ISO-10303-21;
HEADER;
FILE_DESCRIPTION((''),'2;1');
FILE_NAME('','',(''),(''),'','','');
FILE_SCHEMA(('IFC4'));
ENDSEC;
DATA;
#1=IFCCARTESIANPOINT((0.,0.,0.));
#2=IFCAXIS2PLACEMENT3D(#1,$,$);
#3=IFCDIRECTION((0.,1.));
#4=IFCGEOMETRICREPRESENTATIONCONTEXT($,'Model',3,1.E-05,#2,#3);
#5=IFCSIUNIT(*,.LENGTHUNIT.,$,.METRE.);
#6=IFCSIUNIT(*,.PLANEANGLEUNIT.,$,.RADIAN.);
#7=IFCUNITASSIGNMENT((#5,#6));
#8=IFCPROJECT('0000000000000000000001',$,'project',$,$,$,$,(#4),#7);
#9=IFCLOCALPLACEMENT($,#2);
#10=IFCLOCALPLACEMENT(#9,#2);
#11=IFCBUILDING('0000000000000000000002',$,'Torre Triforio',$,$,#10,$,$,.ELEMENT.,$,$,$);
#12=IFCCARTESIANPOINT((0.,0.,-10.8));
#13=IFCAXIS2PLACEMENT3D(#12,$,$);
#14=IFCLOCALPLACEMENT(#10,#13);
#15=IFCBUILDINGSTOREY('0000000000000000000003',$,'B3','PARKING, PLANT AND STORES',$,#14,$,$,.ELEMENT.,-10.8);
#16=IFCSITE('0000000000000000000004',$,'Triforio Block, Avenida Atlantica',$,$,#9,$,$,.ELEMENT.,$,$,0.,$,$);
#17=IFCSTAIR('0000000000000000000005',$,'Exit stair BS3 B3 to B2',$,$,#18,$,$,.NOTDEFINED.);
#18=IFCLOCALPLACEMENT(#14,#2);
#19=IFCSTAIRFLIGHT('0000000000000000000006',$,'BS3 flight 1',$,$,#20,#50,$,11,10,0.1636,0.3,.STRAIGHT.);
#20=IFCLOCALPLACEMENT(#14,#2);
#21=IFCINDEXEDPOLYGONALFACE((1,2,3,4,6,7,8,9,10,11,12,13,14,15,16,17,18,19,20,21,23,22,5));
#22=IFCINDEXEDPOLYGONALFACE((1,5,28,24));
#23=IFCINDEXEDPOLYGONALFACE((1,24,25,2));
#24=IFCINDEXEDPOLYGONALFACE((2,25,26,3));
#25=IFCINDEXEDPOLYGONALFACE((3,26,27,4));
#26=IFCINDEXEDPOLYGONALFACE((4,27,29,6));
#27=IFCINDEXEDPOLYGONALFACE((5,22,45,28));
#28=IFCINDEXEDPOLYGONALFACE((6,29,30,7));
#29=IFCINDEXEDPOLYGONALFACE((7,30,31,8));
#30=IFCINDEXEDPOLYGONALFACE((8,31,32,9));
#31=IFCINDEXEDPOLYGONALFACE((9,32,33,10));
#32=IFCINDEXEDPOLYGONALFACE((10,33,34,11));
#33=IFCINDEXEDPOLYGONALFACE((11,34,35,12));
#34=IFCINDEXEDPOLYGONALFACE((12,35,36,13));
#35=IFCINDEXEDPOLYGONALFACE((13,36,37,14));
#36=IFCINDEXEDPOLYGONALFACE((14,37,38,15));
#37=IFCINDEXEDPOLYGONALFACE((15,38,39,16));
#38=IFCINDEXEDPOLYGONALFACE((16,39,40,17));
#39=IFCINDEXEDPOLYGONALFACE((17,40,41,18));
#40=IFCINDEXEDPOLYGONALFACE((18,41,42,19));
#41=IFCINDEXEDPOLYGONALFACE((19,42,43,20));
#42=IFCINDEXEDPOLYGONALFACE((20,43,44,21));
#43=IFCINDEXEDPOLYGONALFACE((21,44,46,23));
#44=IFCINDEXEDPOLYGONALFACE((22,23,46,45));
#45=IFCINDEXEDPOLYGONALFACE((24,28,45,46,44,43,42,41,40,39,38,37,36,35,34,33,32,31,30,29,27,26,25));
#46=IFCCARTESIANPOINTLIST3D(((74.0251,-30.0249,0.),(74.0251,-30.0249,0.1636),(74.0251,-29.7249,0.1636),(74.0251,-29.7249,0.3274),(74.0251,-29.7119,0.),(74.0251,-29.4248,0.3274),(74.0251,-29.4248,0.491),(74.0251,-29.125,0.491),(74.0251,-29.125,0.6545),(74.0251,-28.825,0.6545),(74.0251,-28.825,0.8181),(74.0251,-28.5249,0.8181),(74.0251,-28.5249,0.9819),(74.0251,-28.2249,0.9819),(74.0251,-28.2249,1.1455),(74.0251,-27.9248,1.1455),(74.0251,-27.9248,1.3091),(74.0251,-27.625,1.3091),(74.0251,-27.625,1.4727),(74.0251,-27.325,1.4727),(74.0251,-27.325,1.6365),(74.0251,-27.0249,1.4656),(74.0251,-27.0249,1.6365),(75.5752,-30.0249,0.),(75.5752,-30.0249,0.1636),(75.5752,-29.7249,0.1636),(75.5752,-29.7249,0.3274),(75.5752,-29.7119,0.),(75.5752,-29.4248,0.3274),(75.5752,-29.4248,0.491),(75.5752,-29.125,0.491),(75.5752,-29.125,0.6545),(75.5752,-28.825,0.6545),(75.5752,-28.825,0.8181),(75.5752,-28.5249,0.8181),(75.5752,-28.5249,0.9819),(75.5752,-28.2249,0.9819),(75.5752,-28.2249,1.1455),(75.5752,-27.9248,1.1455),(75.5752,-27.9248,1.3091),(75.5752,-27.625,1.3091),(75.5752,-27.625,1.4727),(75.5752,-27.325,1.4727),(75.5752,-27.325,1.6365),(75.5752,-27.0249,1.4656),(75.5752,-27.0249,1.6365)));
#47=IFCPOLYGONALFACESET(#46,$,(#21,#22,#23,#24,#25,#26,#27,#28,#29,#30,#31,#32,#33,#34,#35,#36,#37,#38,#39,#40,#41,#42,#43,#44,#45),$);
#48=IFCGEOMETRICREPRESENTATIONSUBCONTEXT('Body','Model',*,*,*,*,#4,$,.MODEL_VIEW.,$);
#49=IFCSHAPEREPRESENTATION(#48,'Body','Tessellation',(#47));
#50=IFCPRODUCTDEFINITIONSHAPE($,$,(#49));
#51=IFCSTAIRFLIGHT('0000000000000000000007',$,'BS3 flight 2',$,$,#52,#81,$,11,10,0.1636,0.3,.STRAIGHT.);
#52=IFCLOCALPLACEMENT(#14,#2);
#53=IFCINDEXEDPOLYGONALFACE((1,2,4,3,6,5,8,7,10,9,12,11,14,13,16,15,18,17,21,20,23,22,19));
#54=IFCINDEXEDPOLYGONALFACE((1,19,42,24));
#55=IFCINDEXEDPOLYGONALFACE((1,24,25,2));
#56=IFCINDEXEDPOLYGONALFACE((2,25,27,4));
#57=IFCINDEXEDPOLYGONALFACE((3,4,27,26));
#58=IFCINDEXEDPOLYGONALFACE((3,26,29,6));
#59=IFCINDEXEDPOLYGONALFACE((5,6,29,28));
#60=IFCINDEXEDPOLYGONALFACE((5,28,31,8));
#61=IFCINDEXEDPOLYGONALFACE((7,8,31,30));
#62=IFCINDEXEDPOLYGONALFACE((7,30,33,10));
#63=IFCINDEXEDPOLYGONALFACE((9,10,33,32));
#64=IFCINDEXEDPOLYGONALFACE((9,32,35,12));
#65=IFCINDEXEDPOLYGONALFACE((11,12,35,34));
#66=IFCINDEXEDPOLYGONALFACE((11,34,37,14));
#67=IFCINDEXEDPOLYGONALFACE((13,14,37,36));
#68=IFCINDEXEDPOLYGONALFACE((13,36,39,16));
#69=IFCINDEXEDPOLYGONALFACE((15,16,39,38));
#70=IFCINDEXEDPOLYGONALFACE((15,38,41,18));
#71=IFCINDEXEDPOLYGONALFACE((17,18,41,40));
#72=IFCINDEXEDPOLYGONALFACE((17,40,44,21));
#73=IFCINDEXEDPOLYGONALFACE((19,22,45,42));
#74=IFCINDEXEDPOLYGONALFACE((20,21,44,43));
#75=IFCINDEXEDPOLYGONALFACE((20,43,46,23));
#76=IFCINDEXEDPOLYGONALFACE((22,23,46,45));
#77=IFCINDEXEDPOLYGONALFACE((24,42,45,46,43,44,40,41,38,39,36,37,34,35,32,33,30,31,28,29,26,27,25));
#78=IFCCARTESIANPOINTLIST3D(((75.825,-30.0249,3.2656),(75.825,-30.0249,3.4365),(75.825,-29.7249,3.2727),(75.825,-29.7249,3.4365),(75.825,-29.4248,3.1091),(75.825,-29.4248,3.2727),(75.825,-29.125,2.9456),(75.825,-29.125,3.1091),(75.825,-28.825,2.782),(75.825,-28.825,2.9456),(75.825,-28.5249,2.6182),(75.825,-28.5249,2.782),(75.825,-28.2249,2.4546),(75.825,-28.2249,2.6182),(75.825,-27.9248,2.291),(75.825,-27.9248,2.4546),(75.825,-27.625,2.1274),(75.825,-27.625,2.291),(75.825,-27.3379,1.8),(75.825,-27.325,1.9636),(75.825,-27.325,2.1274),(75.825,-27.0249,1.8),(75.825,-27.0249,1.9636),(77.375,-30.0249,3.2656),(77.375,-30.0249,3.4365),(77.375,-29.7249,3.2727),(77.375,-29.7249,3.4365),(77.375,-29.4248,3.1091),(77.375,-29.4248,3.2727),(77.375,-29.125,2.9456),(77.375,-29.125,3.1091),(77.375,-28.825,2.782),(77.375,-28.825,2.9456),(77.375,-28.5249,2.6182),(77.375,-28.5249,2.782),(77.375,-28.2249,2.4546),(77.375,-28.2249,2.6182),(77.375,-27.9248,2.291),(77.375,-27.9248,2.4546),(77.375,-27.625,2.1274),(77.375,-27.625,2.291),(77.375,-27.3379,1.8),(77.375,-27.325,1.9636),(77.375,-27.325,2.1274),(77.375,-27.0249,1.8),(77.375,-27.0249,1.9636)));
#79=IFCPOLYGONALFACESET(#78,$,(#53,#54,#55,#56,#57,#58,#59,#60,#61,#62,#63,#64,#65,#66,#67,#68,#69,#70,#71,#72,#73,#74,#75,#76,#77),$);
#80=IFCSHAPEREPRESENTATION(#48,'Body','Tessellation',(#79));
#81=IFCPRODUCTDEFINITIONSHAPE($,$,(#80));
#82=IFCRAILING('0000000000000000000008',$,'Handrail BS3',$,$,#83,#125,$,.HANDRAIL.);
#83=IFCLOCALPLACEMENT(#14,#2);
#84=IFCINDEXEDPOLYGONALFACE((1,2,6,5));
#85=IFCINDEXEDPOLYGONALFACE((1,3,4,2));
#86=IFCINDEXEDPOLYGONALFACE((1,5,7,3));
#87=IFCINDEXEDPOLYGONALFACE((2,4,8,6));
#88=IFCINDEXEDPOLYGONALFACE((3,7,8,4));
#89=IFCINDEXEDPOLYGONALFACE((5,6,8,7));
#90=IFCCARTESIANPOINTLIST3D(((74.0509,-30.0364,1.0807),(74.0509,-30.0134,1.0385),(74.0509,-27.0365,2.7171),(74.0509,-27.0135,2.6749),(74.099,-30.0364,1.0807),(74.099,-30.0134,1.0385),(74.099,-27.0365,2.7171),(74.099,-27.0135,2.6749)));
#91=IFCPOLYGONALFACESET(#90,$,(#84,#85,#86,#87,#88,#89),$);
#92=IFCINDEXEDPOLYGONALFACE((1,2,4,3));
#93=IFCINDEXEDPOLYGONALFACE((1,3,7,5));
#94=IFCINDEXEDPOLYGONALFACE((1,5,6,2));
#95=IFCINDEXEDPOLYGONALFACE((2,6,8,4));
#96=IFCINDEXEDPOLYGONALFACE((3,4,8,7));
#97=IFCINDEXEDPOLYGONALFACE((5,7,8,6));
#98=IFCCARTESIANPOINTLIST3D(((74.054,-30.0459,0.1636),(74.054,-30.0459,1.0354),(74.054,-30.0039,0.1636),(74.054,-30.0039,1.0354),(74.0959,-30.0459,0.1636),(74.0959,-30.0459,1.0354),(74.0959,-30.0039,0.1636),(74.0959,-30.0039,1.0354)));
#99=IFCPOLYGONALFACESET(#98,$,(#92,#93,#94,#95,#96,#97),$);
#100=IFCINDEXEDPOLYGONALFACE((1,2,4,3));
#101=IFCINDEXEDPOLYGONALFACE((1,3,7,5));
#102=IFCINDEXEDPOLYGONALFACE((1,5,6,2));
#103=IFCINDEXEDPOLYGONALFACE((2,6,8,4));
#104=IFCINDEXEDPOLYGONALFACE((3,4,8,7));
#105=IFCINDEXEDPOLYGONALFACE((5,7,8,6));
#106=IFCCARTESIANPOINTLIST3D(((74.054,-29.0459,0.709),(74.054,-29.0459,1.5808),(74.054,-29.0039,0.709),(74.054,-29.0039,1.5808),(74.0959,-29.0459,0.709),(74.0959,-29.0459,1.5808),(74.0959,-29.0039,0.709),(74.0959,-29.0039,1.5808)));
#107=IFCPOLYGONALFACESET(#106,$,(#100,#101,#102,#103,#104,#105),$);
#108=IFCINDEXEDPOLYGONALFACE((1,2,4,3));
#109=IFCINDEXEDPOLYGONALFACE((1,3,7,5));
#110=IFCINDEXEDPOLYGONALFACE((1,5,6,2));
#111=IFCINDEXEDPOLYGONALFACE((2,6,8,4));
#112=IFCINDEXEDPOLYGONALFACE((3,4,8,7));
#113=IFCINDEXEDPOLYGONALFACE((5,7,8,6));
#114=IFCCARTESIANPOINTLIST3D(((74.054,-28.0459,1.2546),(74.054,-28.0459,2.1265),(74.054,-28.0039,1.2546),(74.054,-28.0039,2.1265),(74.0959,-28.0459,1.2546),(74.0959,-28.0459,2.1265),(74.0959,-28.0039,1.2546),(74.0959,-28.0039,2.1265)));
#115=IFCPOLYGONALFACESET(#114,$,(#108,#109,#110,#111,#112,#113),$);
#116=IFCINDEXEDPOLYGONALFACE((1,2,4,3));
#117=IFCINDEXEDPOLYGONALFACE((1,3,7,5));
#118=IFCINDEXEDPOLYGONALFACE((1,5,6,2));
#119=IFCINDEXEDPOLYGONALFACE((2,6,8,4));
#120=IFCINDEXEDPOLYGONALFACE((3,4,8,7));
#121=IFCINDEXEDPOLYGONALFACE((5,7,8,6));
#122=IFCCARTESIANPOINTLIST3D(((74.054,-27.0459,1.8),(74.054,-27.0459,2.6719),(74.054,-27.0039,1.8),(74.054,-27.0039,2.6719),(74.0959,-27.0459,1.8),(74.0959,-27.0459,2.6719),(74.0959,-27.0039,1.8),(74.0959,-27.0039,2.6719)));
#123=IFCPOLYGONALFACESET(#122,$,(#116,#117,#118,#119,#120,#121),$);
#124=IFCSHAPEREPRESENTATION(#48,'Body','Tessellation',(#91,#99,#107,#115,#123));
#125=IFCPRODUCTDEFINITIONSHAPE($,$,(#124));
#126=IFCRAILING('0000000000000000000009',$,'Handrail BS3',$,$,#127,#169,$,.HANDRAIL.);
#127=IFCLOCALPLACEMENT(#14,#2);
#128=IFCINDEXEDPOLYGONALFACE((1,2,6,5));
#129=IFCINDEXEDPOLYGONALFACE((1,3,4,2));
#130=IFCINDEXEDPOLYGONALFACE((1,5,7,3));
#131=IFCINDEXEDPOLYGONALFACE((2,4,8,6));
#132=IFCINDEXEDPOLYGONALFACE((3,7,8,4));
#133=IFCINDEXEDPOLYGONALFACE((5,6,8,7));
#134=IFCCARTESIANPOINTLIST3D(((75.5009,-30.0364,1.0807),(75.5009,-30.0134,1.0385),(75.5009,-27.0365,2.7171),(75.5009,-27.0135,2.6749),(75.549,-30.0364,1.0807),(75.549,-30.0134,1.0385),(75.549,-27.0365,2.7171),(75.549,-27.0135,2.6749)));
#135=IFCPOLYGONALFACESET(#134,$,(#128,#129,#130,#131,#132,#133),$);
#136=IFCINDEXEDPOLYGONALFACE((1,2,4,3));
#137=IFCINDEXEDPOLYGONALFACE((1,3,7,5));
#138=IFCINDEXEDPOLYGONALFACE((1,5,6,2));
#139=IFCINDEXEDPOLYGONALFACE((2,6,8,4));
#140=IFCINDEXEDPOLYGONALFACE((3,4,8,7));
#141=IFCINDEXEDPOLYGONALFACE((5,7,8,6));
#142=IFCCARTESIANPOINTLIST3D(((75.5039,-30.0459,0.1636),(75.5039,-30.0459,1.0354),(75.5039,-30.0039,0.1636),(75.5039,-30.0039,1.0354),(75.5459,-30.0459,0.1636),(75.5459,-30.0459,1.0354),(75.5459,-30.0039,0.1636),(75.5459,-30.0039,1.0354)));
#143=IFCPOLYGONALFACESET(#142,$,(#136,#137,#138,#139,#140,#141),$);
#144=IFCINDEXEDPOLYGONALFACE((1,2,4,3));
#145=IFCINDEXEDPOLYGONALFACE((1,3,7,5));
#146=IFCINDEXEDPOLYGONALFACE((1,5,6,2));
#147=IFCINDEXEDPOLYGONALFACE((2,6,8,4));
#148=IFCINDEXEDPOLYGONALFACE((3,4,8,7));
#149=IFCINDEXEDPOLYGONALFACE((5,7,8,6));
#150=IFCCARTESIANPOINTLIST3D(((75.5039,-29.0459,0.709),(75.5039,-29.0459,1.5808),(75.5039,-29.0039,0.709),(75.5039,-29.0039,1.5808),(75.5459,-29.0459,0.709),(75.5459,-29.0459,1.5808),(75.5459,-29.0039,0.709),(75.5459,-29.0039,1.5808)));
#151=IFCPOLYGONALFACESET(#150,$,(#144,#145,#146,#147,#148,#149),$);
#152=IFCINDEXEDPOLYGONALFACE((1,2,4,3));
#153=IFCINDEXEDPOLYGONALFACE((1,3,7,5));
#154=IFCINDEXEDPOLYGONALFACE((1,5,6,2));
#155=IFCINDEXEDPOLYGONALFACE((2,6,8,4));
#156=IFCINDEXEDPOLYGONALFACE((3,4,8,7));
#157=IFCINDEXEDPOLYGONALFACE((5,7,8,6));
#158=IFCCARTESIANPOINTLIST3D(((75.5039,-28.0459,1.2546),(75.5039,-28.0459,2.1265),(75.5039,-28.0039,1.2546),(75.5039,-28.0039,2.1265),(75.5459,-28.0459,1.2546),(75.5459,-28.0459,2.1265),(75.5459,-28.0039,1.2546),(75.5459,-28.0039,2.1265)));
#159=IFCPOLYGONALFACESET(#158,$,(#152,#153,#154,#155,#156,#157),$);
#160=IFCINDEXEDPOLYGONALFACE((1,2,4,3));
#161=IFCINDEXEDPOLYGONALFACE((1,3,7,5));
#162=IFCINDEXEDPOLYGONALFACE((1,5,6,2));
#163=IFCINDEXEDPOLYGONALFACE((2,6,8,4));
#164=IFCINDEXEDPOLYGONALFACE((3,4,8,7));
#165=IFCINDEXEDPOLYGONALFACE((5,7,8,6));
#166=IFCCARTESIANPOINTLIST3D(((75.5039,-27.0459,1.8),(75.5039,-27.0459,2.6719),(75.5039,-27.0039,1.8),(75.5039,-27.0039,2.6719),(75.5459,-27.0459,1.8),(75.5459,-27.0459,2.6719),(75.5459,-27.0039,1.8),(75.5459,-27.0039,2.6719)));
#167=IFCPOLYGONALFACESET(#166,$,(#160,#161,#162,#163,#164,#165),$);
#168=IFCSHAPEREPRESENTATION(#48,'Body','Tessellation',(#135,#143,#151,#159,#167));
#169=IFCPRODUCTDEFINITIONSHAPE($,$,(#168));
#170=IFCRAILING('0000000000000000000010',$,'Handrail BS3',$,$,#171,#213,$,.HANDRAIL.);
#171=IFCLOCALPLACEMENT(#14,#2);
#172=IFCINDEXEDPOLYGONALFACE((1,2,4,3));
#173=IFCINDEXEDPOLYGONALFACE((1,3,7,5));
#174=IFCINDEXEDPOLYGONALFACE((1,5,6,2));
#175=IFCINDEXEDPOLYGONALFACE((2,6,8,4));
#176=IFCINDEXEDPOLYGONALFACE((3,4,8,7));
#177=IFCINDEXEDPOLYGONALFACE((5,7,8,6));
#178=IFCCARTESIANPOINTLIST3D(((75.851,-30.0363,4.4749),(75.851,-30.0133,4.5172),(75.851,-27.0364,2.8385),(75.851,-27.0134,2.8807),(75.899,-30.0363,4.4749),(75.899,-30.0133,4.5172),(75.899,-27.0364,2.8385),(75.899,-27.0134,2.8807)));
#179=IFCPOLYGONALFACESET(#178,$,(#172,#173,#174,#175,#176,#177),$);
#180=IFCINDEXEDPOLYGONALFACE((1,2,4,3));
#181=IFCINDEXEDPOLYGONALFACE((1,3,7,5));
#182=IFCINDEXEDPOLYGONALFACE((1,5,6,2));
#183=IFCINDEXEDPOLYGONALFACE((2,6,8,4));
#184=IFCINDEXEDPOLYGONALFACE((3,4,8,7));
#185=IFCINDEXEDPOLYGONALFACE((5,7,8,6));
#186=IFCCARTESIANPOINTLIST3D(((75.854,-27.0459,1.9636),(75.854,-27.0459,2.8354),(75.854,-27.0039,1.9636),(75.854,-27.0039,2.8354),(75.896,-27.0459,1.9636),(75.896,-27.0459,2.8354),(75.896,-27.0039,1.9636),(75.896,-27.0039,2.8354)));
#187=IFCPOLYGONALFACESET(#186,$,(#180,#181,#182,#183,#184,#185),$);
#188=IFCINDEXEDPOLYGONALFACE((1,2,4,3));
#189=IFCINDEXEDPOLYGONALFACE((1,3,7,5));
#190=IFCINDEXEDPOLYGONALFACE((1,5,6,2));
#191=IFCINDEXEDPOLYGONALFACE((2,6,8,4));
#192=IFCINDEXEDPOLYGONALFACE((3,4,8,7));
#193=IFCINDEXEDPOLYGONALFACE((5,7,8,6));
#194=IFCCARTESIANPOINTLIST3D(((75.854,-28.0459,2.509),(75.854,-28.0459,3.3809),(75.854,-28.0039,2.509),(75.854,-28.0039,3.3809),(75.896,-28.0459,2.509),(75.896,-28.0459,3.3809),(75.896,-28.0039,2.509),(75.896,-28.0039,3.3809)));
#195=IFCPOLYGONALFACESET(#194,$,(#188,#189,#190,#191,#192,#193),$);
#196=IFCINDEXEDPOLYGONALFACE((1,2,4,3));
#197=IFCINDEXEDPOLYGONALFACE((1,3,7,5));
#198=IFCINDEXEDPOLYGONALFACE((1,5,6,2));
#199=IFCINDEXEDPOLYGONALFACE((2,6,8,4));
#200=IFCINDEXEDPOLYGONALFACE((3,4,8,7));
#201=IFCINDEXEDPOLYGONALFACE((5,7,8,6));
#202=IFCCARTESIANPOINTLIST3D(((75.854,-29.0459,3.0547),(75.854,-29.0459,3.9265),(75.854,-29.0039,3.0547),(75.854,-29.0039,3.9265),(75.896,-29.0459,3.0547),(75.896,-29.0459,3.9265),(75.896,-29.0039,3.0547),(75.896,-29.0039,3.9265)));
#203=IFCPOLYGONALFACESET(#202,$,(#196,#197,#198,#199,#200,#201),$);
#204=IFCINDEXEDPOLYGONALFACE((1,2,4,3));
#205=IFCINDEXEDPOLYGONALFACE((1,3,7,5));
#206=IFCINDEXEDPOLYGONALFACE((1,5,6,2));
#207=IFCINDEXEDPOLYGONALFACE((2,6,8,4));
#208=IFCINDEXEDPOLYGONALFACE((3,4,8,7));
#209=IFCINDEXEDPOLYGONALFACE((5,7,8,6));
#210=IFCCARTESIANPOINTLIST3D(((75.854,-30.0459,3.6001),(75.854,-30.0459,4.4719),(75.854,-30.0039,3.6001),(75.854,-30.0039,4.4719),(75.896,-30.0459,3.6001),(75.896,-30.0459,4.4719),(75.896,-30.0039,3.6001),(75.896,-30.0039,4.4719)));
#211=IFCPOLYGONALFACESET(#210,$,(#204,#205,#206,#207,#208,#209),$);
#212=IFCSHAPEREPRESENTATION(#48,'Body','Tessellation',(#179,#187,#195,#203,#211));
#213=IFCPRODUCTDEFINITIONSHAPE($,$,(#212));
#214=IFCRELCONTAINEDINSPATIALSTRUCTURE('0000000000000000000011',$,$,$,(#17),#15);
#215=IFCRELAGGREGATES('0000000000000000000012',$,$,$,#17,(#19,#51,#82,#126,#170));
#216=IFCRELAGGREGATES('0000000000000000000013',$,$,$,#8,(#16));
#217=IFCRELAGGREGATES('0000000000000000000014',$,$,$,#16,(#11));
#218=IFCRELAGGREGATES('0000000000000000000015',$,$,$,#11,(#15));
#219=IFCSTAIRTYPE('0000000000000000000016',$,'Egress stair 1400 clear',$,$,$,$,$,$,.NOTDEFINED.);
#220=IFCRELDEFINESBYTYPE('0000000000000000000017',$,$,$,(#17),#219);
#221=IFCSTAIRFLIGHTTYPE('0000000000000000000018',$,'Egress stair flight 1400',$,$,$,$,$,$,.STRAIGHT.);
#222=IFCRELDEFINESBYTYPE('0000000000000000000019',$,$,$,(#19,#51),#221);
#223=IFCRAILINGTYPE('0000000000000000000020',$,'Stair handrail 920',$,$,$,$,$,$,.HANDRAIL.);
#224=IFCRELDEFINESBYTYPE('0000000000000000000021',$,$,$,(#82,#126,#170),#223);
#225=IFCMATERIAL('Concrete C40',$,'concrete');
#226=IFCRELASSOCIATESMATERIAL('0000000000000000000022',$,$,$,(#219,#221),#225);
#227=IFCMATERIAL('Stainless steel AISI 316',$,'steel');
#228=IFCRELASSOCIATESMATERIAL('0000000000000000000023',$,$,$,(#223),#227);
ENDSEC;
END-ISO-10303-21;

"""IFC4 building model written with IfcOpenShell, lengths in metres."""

from ifc_helpers import new_model, si_unit, direction, frame, origin, origin_2d, place, context, subcontext, project, spatial, polyline, rectangle, outline, extrude, material, type_object, element, aggregate, save


model = new_model("IFC4")

# Units and contexts
model_context = context("Model", 3, precision=1e-05, world=origin(), true_north=direction((0.0, 1.0)))
body_context = subcontext(model_context, "Body", "Model", "MODEL_VIEW")
ifc_project = project(units=[si_unit("LENGTHUNIT", "METRE"), si_unit("PLANEANGLEUNIT", "RADIAN")], contexts=[model_context])

# Site, building, storey
site_placement = place(None, origin())
site = spatial("IfcSite", under=ifc_project, at=site_placement, Name="Triforio Block, Avenida Atlantica", CompositionType="ELEMENT", RefElevation=0.0)
building_placement = place(site_placement, origin())
building = spatial("IfcBuilding", under=site, at=building_placement, Name="Torre Triforio", CompositionType="ELEMENT")
storey_placement = place(building_placement, frame((0.0, 0.0, -10.8)))
storey = spatial("IfcBuildingStorey", under=building, at=storey_placement, Name="B3", Description="PARKING, PLANT AND STORES", CompositionType="ELEMENT", Elevation=-10.8)

# Shared definitions
ifc_material_1 = material(Name="Concrete C40", Category="concrete")

# Stair, stair flights, railings
stair_type = type_object("IfcStairType", Name="Egress stair 1400 clear", PredefinedType="NOTDEFINED", material=ifc_material_1)
stair_placement = place(storey_placement, origin())
stair = element("IfcStair", 1, at=stair_placement, inside=storey, type_object=stair_type, Name="Exit stair BS3 B3 to B2", PredefinedType="NOTDEFINED")
stair_flight_type = type_object("IfcStairFlightType", Name="Egress stair flight 1400", PredefinedType="STRAIGHT", material=ifc_material_1)
stair_flight_1_placement = place(storey_placement, frame((74.8, -30.0249, 0.0), z_axis=(0.0, 0.0, 1.0), x_axis=(0.0, 1.0, 0.0)))
stair_flight_1 = element("IfcStairFlight", 2, at=stair_flight_1_placement, type_object=stair_flight_type, Name="BS3 flight 1", NumberOfRisers=11, NumberOfTreads=10, PredefinedType="STRAIGHT", RiserHeight=0.1636, TreadLength=0.3, context=body_context, shape_type="SweptSolid", body=[
    extrude(outline(polyline([(0.0, 0.0), (0.0, 0.1636), (0.3, 0.1636), (0.3, 0.3274), (0.6001, 0.3274), (0.6001, 0.491), (0.8999, 0.491), (0.8999, 0.6545), (1.2, 0.6545), (1.2, 0.8181), (1.5, 0.8181), (1.5, 0.9819), (1.8, 0.9819), (1.8, 1.1455), (2.1001, 1.1455), (2.1001, 1.3091), (2.3999, 1.3091), (2.3999, 1.4727), (2.7, 1.4727), (2.7, 1.6365), (3.0, 1.6365), (3.0, 1.8), (3.0, 1.4656), (0.313, 0.0), (0.0, 0.0)])), frame((0.0, 0.7749, 0.0), z_axis=(0.0, -1.0, 0.0), x_axis=(1.0, 0.0, 0.0)), (0.0, 0.0, 1.0), 1.55),
])
stair_flight_2_placement = place(storey_placement, frame((76.6001, -27.0249, 1.8), z_axis=(0.0, 0.0, 1.0), x_axis=(0.0, -1.0, 0.0)))
stair_flight_2 = element("IfcStairFlight", 3, at=stair_flight_2_placement, type_object=stair_flight_type, Name="BS3 flight 2", NumberOfRisers=11, NumberOfTreads=10, PredefinedType="STRAIGHT", RiserHeight=0.1636, TreadLength=0.3, context=body_context, shape_type="SweptSolid", body=[
    extrude(outline(polyline([(0.0, 0.0), (0.0, 0.1636), (0.3, 0.1636), (0.3, 0.3274), (0.6001, 0.3274), (0.6001, 0.491), (0.8999, 0.491), (0.8999, 0.6545), (1.2, 0.6545), (1.2, 0.8181), (1.5, 0.8181), (1.5, 0.9819), (1.8, 0.9819), (1.8, 1.1455), (2.1001, 1.1455), (2.1001, 1.3091), (2.3999, 1.3091), (2.3999, 1.4727), (2.7, 1.4727), (2.7, 1.6365), (3.0, 1.6365), (3.0, 1.8), (3.0, 1.4656), (0.313, 0.0), (0.0, 0.0)])), frame((0.0, 0.7749, 0.0), z_axis=(0.0, -1.0, 0.0), x_axis=(1.0, 0.0, 0.0)), (0.0, 0.0, 1.0), 1.55),
])
ifc_material_2 = material(Name="Stainless steel AISI 316", Category="steel")
railing_type = type_object("IfcRailingType", Name="Stair handrail 920", PredefinedType="HANDRAIL", material=ifc_material_2)
railing_1_placement = place(storey_placement, frame((74.075, -30.0249, 0.1636)))
railing_1 = element("IfcRailing", 4, at=railing_1_placement, type_object=railing_type, Name="Handrail BS3", PredefinedType="HANDRAIL", context=body_context, shape_type="SweptSolid", body=[
    extrude(rectangle(XDim=0.0481, YDim=0.0481, at=origin_2d()), frame((0.0, 0.0, 0.896), z_axis=(0.0, 0.877882, 0.478877), x_axis=(-1.0, 0.0, 0.0)), (0.0, 0.0, 1.0), 3.4172),
    extrude(rectangle(XDim=0.042, YDim=0.042, at=origin_2d()), origin(), (0.0, 0.0, 1.0), 0.8718),
    extrude(rectangle(XDim=0.042, YDim=0.042, at=origin_2d()), frame((0.0, 1.0, 0.5454)), (0.0, 0.0, 1.0), 0.8718),
    extrude(rectangle(XDim=0.042, YDim=0.042, at=origin_2d()), frame((0.0, 2.0, 1.0911)), (0.0, 0.0, 1.0), 0.8718),
    extrude(rectangle(XDim=0.042, YDim=0.042, at=origin_2d()), frame((0.0, 3.0, 1.6365)), (0.0, 0.0, 1.0), 0.8718),
])
railing_2_placement = place(storey_placement, frame((75.5249, -30.0249, 0.1636)))
railing_2 = element("IfcRailing", 5, at=railing_2_placement, type_object=railing_type, Name="Handrail BS3", PredefinedType="HANDRAIL", context=body_context, shape_type="SweptSolid", body=[
    extrude(rectangle(XDim=0.0481, YDim=0.0481, at=origin_2d()), frame((0.0, 0.0, 0.896), z_axis=(0.0, 0.877882, 0.478877), x_axis=(-1.0, 0.0, 0.0)), (0.0, 0.0, 1.0), 3.4172),
    extrude(rectangle(XDim=0.042, YDim=0.042, at=origin_2d()), origin(), (0.0, 0.0, 1.0), 0.8718),
    extrude(rectangle(XDim=0.042, YDim=0.042, at=origin_2d()), frame((0.0, 1.0, 0.5454)), (0.0, 0.0, 1.0), 0.8718),
    extrude(rectangle(XDim=0.042, YDim=0.042, at=origin_2d()), frame((0.0, 2.0, 1.0911)), (0.0, 0.0, 1.0), 0.8718),
    extrude(rectangle(XDim=0.042, YDim=0.042, at=origin_2d()), frame((0.0, 3.0, 1.6365)), (0.0, 0.0, 1.0), 0.8718),
])
railing_3_placement = place(storey_placement, frame((75.875, -27.0249, 1.9636)))
railing_3 = element("IfcRailing", 6, at=railing_3_placement, type_object=railing_type, Name="Handrail BS3", PredefinedType="HANDRAIL", context=body_context, shape_type="SweptSolid", body=[
    extrude(rectangle(XDim=0.0481, YDim=0.0481, at=origin_2d()), frame((0.0, 0.0, 0.896), z_axis=(0.0, -0.877882, 0.478877), x_axis=(1.0, 0.0, 0.0)), (0.0, 0.0, 1.0), 3.4172),
    extrude(rectangle(XDim=0.042, YDim=0.042, at=origin_2d()), origin(), (0.0, 0.0, 1.0), 0.8718),
    extrude(rectangle(XDim=0.042, YDim=0.042, at=origin_2d()), frame((0.0, -1.0, 0.5454)), (0.0, 0.0, 1.0), 0.8718),
    extrude(rectangle(XDim=0.042, YDim=0.042, at=origin_2d()), frame((0.0, -2.0, 1.0911)), (0.0, 0.0, 1.0), 0.8718),
    extrude(rectangle(XDim=0.042, YDim=0.042, at=origin_2d()), frame((0.0, -3.0, 1.6365)), (0.0, 0.0, 1.0), 0.8718),
])
aggregate(stair, [stair_flight_1, stair_flight_2, railing_1, railing_2, railing_3])

save(model, "model.ifc")
